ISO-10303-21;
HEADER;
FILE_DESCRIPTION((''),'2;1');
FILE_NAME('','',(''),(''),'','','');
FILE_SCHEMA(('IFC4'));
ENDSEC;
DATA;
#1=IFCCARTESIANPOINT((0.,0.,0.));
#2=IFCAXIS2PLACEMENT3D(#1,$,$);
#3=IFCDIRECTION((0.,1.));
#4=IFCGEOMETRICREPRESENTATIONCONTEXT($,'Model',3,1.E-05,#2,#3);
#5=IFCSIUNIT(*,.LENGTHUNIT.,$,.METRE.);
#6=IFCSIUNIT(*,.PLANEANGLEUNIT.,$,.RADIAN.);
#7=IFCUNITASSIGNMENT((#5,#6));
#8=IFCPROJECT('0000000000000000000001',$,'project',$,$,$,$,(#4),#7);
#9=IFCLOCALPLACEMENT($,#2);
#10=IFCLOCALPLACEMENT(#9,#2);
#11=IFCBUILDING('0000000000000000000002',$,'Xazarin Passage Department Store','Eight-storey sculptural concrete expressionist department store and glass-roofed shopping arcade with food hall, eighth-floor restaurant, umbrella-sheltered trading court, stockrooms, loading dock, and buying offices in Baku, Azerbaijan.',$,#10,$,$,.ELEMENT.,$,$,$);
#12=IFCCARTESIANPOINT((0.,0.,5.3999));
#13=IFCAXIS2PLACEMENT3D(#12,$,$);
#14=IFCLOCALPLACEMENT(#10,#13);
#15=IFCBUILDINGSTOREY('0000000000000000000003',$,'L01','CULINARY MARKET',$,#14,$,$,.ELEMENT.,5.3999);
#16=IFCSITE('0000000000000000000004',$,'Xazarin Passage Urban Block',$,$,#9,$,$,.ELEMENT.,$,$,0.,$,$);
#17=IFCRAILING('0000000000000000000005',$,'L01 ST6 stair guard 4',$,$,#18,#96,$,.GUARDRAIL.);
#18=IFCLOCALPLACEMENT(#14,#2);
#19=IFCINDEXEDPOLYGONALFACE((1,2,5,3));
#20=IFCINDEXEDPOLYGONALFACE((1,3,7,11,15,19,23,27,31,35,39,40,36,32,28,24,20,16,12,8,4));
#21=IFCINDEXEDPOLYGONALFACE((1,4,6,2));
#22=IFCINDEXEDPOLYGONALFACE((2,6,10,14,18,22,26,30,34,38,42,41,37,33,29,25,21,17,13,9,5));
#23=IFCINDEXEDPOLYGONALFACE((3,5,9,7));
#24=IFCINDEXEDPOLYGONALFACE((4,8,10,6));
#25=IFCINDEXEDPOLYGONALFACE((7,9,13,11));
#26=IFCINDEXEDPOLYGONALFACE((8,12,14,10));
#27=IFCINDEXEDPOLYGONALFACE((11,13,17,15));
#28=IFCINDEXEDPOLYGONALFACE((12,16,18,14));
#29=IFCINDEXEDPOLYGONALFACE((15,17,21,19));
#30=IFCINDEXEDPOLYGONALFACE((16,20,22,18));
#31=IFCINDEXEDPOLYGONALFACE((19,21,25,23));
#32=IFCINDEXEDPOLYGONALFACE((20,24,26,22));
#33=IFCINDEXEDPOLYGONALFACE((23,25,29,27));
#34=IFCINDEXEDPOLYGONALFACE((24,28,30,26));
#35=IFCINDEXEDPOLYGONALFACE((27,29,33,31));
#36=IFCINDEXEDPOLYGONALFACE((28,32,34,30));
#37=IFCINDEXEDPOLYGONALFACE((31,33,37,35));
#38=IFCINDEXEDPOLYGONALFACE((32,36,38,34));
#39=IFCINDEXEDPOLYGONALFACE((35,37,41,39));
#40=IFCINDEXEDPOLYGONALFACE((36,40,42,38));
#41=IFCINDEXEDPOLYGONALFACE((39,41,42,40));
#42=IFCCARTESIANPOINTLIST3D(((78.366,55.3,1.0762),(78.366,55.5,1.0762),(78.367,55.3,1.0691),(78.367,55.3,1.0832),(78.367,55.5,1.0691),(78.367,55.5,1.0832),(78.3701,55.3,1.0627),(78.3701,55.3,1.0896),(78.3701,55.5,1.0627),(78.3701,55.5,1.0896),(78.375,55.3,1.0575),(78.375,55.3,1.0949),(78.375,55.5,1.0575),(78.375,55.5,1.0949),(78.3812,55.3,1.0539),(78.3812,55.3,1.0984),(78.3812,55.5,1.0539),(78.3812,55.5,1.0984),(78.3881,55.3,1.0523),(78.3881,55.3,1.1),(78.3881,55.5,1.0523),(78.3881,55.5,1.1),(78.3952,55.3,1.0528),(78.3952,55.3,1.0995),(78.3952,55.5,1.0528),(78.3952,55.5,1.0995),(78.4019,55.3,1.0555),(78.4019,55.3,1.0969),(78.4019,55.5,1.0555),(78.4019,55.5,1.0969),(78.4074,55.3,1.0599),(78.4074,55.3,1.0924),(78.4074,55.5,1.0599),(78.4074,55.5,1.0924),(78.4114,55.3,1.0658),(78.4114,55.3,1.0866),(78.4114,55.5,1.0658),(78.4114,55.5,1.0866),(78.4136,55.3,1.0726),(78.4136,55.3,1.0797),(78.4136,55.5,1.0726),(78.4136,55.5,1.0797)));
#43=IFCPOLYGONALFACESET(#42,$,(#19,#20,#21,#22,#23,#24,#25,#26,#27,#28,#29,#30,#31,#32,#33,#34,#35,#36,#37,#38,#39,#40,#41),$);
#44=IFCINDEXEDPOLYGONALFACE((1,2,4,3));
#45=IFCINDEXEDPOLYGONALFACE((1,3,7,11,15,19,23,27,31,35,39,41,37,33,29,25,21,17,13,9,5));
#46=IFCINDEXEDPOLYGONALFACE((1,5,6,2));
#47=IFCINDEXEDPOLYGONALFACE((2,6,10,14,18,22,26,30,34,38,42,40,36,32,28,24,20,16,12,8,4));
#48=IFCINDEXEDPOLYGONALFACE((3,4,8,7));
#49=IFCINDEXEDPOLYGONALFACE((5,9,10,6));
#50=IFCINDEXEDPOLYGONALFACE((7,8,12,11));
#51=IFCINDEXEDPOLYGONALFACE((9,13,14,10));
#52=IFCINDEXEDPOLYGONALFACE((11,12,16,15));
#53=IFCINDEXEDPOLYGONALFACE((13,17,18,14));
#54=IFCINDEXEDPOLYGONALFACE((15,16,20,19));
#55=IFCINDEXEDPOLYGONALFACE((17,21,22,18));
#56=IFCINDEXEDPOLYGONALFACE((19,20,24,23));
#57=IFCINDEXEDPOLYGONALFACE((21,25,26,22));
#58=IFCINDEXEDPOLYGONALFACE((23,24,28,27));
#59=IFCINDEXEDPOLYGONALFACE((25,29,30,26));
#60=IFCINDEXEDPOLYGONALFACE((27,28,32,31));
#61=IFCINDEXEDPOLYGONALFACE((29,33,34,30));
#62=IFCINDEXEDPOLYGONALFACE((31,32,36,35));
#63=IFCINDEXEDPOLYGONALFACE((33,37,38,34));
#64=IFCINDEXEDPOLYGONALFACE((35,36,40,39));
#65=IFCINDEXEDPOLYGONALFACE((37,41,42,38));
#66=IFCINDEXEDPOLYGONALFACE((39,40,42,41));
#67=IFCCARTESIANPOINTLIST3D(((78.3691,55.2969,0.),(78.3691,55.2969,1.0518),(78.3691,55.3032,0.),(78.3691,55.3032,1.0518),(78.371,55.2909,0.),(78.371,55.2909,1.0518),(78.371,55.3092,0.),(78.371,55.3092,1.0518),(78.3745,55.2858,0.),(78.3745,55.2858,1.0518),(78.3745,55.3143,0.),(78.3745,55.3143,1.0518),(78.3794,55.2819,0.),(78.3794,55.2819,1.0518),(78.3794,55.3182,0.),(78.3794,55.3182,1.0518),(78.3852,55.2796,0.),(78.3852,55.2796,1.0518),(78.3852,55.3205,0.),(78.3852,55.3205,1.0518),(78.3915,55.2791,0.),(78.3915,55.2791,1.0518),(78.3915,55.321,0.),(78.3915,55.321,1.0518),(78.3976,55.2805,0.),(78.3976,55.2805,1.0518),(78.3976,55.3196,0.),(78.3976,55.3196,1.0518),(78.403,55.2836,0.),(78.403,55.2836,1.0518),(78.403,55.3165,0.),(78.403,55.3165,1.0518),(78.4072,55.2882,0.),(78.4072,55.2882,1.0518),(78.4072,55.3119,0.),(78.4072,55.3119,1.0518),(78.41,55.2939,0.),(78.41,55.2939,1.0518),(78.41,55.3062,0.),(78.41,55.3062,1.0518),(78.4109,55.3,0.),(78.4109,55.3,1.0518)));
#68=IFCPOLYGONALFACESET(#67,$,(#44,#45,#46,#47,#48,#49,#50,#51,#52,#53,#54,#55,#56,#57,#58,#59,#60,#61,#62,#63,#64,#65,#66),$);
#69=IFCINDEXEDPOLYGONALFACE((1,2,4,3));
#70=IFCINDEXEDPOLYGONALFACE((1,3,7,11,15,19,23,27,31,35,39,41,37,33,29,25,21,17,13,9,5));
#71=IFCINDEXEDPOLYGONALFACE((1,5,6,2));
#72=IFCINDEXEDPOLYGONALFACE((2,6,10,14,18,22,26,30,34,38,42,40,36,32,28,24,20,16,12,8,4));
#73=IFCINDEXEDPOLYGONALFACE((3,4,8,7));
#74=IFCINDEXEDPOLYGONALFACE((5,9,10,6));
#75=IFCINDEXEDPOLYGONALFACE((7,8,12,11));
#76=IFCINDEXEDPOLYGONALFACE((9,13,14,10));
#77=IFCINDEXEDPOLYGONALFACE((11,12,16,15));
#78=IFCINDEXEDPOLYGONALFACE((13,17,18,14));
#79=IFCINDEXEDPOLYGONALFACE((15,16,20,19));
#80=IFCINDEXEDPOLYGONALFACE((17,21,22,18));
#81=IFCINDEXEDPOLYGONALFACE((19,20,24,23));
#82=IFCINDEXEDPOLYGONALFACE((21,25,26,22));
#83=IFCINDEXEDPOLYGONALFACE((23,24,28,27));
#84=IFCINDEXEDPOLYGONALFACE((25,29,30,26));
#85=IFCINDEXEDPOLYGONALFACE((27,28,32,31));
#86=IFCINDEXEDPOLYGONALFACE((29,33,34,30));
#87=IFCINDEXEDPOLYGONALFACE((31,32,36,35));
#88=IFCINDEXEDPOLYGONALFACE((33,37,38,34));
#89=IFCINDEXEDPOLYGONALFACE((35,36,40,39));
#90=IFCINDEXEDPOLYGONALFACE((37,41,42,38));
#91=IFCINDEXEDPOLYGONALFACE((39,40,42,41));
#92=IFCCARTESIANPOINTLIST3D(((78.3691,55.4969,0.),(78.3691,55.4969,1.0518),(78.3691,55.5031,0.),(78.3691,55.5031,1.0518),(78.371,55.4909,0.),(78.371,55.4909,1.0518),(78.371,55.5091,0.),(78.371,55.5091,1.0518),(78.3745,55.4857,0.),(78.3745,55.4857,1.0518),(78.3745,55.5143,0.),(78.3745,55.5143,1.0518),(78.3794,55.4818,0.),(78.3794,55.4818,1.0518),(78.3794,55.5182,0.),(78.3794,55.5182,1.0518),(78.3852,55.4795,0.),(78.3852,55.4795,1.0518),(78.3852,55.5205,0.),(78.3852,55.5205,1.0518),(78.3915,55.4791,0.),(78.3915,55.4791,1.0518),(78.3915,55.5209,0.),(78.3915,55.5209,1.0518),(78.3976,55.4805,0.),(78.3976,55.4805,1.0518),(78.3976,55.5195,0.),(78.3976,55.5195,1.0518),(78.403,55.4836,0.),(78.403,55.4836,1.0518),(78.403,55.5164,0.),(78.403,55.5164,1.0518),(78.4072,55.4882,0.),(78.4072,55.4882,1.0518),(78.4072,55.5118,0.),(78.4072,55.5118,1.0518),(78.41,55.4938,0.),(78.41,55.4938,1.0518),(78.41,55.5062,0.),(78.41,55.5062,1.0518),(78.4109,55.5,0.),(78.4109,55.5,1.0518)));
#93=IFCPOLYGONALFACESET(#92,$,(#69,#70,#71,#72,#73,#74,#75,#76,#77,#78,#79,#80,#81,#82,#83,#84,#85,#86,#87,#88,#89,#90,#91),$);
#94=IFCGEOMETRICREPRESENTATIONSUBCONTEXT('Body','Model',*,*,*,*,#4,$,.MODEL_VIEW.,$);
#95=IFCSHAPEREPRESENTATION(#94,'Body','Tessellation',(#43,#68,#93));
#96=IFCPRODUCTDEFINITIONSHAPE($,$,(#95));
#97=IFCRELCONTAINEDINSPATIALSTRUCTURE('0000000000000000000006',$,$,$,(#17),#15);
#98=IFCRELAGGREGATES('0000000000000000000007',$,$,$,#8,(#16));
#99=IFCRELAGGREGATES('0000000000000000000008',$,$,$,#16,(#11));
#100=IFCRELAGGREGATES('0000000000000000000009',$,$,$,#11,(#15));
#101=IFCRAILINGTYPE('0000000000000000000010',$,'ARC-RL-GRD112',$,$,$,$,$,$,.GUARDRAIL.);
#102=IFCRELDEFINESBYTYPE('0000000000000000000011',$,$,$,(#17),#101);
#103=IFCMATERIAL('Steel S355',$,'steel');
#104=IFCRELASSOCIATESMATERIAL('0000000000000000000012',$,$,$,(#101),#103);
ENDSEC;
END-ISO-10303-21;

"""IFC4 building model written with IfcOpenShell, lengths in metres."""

from ifc_helpers import new_model, si_unit, direction, frame, origin, origin_2d, place, context, subcontext, project, spatial, circle, extrude, material, type_object, element, save


model = new_model("IFC4")

# Units and contexts
model_context = context("Model", 3, precision=1e-05, world=origin(), true_north=direction((0.0, 1.0)))
body_context = subcontext(model_context, "Body", "Model", "MODEL_VIEW")
ifc_project = project(units=[si_unit("LENGTHUNIT", "METRE"), si_unit("PLANEANGLEUNIT", "RADIAN")], contexts=[model_context])

# Site, building, storey
site_placement = place(None, origin())
site = spatial("IfcSite", under=ifc_project, at=site_placement, Name="Xazarin Passage Urban Block", CompositionType="ELEMENT", RefElevation=0.0)
building_placement = place(site_placement, origin())
building = spatial("IfcBuilding", under=site, at=building_placement, Name="Xazarin Passage Department Store", Description="Eight-storey sculptural concrete expressionist department store and glass-roofed shopping arcade with food hall, eighth-floor restaurant, umbrella-sheltered trading court, stockrooms, loading dock, and buying offices in Baku, Azerbaijan.", CompositionType="ELEMENT")
storey_placement = place(building_placement, frame((0.0, 0.0, 5.3999)))
storey = spatial("IfcBuildingStorey", under=building, at=storey_placement, Name="L01", Description="CULINARY MARKET", CompositionType="ELEMENT", Elevation=5.3999)

# Shared definitions
ifc_material_1 = material(Name="Steel S355", Category="steel")

# Railing
railing_type_1 = type_object("IfcRailingType", Name="ARC-RL-GRD112", PredefinedType="GUARDRAIL", material=ifc_material_1)
railing_1_placement = place(storey_placement, frame((78.3899, 55.3, 0.0)))
element("IfcRailing", 1, at=railing_1_placement, inside=storey, type_object=railing_type_1, Name="L01 ST6 stair guard 4", PredefinedType="GUARDRAIL", context=body_context, shape_type="SweptSolid", body=[
    extrude(circle(Radius=0.0239, at=origin_2d()), frame((0.0, 0.0, 1.0762), z_axis=(0.0, 1.0, 0.0), x_axis=(-1.0, 0.0, 0.0)), (0.0, 0.0, 1.0), 0.2),
    extrude(circle(Radius=0.021, at=origin_2d()), origin(), (0.0, 0.0, 1.0), 1.0518),
    extrude(circle(Radius=0.021, at=origin_2d()), frame((0.0, 0.2, 0.0)), (0.0, 0.0, 1.0), 1.0518),
])

save(model, "model.ifc")
